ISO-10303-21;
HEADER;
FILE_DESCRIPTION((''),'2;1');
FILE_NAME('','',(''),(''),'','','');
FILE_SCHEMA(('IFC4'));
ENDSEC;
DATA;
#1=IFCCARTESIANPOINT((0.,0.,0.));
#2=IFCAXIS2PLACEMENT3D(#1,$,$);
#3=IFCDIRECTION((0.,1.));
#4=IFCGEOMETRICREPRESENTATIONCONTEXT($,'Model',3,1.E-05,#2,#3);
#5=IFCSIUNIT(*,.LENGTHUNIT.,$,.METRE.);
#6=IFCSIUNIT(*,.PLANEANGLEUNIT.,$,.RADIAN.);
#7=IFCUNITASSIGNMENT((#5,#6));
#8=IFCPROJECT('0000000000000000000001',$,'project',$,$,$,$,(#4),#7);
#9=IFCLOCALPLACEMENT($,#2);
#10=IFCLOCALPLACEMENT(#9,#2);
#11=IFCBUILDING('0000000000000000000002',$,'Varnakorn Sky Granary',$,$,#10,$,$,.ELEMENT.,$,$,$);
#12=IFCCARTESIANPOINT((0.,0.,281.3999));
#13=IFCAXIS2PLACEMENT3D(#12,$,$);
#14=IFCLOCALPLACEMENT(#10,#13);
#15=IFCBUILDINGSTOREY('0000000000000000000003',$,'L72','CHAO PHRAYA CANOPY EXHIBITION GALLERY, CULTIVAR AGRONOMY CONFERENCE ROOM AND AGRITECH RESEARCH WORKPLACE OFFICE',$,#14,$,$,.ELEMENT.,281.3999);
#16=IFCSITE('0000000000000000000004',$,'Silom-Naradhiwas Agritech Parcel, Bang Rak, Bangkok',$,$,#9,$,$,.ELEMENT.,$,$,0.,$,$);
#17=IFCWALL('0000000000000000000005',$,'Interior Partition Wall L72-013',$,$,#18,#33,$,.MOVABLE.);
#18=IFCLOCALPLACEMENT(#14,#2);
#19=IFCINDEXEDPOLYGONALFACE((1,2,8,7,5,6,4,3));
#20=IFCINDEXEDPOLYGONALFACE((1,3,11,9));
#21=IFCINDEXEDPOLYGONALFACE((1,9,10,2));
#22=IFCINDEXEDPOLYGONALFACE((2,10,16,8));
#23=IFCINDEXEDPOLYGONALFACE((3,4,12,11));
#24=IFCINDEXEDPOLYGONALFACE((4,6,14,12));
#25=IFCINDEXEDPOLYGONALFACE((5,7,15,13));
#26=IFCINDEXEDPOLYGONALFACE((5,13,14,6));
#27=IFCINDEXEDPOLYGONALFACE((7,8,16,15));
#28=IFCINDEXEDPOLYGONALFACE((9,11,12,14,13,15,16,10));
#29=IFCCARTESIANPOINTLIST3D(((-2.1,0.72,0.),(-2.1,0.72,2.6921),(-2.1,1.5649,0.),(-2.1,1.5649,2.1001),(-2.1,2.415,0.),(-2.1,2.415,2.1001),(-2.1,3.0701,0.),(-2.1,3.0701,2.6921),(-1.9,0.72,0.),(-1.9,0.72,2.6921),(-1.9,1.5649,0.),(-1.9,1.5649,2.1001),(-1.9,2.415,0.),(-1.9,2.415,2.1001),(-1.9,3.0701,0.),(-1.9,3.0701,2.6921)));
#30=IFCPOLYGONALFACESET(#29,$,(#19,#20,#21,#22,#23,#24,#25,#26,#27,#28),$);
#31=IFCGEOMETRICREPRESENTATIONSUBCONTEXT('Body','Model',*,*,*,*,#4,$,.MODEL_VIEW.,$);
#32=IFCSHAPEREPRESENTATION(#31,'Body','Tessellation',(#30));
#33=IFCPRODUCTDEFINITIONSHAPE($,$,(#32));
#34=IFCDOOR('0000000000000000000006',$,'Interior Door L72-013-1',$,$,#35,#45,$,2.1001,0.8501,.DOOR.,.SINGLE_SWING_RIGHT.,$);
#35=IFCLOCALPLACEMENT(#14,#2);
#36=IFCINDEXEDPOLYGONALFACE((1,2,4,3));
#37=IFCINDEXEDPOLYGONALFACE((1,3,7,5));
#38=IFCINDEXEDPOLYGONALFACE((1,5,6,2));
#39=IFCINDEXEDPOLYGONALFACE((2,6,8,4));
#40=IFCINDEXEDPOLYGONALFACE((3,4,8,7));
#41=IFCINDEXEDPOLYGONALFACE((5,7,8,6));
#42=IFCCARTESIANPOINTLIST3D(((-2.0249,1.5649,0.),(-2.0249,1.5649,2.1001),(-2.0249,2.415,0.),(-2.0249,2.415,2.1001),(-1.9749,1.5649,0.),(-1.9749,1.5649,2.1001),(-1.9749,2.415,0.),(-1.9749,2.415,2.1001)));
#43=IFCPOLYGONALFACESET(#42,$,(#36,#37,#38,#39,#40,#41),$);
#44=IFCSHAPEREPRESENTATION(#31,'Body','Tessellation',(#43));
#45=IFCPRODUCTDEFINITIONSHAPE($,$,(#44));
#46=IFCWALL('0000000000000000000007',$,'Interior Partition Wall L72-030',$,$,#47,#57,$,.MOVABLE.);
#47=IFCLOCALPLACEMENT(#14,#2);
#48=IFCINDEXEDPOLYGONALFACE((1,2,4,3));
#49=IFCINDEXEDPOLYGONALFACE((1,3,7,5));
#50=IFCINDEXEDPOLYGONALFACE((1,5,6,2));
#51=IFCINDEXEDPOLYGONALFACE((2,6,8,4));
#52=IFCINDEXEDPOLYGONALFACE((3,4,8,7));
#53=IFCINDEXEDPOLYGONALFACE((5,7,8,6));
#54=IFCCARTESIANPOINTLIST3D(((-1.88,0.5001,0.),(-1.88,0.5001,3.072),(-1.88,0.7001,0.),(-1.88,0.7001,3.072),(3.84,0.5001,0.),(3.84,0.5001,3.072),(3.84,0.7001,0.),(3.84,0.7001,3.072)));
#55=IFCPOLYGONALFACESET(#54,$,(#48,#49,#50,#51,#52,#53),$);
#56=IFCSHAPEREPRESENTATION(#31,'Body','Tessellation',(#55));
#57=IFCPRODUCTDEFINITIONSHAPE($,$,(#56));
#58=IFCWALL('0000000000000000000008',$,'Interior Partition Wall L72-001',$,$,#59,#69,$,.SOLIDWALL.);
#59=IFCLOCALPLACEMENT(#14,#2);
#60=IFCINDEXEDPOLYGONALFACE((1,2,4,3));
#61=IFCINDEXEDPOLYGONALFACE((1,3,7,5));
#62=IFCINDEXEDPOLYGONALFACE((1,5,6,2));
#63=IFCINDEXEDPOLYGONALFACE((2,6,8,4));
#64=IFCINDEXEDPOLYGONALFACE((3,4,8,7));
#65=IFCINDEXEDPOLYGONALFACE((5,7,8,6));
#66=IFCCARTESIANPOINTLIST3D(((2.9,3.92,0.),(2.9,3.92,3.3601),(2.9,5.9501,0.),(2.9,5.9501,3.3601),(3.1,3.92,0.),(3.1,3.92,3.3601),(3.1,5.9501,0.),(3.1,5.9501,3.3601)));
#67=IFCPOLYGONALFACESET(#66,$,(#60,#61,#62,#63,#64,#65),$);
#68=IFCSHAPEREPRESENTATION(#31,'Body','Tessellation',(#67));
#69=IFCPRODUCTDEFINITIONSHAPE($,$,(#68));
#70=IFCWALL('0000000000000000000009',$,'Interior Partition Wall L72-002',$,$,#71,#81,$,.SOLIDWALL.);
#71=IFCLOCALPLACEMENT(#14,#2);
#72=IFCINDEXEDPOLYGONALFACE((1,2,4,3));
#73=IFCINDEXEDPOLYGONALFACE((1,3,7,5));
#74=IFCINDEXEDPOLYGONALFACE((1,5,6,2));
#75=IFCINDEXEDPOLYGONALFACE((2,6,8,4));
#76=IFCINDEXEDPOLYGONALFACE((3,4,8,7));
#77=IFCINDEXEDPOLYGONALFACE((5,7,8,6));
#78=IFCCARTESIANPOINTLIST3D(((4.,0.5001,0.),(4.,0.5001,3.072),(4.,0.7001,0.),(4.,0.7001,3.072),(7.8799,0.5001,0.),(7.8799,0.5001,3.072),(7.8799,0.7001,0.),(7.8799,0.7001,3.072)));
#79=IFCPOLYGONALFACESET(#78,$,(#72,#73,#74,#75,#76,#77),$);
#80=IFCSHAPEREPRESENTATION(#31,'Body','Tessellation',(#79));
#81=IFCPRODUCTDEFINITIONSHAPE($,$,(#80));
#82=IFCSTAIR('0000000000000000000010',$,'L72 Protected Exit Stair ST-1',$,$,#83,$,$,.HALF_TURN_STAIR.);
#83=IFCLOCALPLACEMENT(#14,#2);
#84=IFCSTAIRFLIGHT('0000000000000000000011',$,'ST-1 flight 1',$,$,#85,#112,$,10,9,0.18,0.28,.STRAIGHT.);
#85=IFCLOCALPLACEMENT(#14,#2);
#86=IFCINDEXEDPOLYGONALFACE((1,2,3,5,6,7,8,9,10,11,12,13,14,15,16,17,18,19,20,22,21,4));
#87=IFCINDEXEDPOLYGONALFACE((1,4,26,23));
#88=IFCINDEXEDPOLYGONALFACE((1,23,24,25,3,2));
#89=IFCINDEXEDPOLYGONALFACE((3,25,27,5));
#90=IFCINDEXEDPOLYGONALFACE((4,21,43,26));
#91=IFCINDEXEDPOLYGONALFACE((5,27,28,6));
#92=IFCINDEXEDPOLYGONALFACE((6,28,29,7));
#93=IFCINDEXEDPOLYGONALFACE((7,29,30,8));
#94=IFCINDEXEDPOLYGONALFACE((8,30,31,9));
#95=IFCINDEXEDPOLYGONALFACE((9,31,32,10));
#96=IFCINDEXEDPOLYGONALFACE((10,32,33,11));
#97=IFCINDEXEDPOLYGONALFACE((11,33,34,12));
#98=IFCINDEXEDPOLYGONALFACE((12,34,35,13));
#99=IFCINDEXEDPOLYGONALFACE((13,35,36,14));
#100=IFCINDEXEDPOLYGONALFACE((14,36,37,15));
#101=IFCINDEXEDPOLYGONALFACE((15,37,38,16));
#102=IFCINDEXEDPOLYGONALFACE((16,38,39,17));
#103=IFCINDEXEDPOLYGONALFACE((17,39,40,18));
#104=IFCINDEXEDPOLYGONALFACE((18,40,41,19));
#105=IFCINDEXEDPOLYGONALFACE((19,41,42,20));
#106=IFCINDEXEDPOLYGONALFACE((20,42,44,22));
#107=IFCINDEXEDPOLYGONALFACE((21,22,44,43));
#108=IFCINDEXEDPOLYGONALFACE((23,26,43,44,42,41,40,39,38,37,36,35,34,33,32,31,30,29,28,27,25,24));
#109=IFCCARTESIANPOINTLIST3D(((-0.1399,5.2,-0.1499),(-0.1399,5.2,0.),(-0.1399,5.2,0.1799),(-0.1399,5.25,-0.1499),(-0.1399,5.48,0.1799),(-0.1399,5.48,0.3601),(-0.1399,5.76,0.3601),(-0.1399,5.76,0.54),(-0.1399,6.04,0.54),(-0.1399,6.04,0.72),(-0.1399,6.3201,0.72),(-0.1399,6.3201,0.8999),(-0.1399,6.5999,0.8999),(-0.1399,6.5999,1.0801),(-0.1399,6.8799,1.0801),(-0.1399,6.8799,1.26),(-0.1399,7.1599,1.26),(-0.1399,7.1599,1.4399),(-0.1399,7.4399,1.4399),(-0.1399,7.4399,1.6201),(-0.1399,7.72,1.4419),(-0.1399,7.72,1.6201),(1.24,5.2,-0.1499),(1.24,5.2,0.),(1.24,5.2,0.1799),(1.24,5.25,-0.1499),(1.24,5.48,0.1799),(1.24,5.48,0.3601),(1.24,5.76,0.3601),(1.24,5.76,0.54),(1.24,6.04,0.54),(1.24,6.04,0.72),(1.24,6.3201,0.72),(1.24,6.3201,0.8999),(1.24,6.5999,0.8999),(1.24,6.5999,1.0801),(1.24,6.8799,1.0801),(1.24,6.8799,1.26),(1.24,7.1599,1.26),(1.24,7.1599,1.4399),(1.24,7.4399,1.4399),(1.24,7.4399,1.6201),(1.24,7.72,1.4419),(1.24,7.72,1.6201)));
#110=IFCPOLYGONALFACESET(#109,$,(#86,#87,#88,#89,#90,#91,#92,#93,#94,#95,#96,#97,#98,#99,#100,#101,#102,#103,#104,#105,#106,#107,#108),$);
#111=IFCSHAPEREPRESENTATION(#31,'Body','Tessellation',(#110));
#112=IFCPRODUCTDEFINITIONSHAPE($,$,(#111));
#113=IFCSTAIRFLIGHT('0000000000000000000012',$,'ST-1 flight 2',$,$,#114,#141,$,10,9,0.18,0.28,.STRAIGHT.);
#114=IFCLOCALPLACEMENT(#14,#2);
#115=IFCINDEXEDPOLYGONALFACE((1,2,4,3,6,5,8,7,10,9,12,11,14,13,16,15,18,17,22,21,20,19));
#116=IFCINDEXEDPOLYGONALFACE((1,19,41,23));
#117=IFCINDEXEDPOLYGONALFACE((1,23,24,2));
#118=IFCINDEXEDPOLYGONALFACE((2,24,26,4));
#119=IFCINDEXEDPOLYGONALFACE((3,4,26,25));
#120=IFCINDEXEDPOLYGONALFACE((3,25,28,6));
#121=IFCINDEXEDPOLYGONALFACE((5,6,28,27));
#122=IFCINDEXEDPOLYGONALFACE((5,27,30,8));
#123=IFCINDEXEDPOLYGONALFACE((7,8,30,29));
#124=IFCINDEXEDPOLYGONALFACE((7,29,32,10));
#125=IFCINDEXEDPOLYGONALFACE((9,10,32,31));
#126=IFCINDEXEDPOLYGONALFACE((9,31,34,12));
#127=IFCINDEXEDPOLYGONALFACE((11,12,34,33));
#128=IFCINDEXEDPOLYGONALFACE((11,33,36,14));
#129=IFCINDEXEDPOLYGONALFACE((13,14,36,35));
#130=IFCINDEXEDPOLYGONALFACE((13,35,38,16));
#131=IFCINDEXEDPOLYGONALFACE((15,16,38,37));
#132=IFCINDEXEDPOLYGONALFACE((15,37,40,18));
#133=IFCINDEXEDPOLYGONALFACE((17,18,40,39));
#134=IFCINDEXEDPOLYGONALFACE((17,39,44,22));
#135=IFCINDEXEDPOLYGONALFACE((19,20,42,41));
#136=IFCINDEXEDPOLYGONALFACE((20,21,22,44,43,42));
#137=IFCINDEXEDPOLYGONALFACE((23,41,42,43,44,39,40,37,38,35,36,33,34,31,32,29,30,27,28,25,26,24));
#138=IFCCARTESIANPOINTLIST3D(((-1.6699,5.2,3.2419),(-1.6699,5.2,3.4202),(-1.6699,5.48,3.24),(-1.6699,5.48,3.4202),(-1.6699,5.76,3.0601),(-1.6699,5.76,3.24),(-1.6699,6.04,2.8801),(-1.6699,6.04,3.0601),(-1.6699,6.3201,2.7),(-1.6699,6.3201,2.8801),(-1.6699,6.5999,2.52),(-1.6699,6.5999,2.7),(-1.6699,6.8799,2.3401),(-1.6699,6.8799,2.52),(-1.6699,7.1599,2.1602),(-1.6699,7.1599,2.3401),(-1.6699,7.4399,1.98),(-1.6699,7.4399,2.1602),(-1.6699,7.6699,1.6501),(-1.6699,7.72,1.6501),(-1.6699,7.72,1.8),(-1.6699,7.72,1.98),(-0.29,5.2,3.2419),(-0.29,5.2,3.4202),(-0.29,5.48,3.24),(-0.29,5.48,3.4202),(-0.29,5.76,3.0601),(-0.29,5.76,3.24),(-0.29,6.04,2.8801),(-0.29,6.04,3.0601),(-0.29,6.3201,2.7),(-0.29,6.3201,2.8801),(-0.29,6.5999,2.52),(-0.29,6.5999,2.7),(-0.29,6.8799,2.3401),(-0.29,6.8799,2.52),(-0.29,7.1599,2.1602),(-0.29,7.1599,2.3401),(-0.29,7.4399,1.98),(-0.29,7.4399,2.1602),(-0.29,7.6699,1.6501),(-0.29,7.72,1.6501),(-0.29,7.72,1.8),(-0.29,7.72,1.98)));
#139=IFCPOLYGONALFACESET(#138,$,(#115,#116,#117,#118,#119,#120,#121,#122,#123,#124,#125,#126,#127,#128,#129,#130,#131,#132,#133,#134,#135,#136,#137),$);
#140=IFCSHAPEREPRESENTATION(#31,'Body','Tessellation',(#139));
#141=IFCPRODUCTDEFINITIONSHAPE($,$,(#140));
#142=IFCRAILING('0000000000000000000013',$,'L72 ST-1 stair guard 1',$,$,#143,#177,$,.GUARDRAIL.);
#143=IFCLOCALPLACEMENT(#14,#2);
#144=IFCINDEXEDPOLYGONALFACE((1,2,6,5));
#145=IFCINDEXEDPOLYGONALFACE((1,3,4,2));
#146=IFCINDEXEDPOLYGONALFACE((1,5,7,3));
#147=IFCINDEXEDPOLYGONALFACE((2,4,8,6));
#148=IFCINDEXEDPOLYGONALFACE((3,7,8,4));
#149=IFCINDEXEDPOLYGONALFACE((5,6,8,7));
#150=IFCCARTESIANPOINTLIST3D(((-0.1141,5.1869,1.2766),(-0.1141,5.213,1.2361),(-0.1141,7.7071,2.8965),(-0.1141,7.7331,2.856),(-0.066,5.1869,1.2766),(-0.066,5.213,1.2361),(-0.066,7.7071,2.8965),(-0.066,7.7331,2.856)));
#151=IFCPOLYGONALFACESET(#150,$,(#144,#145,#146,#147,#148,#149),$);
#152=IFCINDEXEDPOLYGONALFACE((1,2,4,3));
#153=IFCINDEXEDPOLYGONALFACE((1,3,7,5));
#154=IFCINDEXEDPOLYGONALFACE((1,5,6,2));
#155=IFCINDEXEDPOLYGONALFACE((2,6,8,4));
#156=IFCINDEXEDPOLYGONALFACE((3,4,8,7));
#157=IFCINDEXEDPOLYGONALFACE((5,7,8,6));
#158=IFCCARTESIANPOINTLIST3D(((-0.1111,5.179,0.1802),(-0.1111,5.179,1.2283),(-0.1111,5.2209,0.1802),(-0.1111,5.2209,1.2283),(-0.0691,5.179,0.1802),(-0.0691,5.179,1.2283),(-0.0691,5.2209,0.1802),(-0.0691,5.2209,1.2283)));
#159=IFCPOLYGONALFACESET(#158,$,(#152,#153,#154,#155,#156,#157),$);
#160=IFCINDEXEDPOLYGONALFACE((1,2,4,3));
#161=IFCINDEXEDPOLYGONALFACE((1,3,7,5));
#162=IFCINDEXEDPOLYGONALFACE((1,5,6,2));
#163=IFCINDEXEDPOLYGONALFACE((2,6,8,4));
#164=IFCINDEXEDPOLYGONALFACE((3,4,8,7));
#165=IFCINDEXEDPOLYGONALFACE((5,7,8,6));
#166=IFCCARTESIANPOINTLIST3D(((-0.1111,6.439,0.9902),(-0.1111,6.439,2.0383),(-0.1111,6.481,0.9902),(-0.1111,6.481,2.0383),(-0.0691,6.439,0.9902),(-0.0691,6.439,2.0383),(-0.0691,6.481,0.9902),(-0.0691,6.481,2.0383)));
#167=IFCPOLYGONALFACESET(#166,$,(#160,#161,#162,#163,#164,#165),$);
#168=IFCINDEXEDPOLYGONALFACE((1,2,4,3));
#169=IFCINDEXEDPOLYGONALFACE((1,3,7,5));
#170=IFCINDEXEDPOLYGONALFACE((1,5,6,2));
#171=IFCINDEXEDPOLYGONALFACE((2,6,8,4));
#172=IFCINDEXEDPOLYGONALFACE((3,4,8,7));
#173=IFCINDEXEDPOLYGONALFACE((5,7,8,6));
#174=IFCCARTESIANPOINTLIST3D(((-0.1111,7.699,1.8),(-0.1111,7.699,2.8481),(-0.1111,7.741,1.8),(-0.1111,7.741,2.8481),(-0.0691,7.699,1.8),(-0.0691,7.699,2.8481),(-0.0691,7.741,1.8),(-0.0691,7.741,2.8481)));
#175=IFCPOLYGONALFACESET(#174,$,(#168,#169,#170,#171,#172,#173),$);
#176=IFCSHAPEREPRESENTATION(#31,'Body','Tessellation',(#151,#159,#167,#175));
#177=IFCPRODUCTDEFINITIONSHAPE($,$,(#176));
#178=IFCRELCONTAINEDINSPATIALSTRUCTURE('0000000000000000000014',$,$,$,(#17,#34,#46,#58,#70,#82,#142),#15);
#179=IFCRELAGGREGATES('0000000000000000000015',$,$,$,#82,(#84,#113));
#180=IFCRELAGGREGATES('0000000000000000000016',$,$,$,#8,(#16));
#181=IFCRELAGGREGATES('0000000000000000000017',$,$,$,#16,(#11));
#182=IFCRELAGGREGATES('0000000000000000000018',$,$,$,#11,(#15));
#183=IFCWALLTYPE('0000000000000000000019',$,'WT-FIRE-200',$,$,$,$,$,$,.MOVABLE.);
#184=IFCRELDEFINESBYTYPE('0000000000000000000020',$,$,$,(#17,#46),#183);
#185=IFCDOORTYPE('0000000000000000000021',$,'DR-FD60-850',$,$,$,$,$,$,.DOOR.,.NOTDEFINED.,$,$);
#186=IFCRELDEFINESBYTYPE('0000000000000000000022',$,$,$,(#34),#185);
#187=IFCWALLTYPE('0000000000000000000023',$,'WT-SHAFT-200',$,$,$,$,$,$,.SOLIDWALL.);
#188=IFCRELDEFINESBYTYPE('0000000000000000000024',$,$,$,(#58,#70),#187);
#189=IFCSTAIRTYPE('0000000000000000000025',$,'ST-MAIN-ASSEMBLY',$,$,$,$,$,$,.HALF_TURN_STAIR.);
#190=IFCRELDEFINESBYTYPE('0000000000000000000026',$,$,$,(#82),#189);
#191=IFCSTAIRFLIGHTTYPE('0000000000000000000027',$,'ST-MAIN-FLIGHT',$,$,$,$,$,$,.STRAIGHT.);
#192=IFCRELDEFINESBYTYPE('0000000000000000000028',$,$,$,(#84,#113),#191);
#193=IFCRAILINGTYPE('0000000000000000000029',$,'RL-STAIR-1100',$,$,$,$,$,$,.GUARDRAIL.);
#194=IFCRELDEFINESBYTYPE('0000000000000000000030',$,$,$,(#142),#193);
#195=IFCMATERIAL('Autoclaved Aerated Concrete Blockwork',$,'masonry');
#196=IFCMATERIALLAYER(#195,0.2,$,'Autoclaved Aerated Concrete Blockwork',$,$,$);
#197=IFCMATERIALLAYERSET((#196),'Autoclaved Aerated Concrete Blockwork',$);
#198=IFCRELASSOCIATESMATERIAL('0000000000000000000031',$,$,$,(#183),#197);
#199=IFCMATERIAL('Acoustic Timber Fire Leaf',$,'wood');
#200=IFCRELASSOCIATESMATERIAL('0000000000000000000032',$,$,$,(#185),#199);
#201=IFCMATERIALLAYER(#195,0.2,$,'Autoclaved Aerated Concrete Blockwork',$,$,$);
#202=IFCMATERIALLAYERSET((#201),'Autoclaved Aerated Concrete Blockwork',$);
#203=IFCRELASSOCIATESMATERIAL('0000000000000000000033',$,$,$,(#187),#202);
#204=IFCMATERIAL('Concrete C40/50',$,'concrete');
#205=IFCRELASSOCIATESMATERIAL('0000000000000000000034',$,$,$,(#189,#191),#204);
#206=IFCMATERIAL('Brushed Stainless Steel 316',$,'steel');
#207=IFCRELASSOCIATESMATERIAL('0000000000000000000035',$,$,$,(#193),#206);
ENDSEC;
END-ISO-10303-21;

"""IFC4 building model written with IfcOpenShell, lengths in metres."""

from ifc_helpers import new_model, si_unit, direction, frame, frame_2d, origin, origin_2d, place, context, subcontext, project, spatial, polyline, rectangle, outline, extrude, material, layer, layer_set, type_object, element, fill, aggregate, save


model = new_model("IFC4")

# Units and contexts
model_context = context("Model", 3, precision=1e-05, world=origin(), true_north=direction((0.0, 1.0)))
body_context = subcontext(model_context, "Body", "Model", "MODEL_VIEW")
ifc_project = project(units=[si_unit("LENGTHUNIT", "METRE"), si_unit("PLANEANGLEUNIT", "RADIAN")], contexts=[model_context])

# Site, building, storey
site_placement = place(None, origin())
site = spatial("IfcSite", under=ifc_project, at=site_placement, Name="Silom-Naradhiwas Agritech Parcel, Bang Rak, Bangkok", CompositionType="ELEMENT", RefElevation=0.0)
building_placement = place(site_placement, origin())
building = spatial("IfcBuilding", under=site, at=building_placement, Name="Varnakorn Sky Granary", CompositionType="ELEMENT")
storey_placement = place(building_placement, frame((0.0, 0.0, 281.3999)))
storey = spatial("IfcBuildingStorey", under=building, at=storey_placement, Name="L72", Description="CHAO PHRAYA CANOPY EXHIBITION GALLERY, CULTIVAR AGRONOMY CONFERENCE ROOM AND AGRITECH RESEARCH WORKPLACE OFFICE", CompositionType="ELEMENT", Elevation=281.3999)

# Wall, opening, door
ifc_material_1 = material(Name="Autoclaved Aerated Concrete Blockwork", Category="masonry")
ifc_layer_1 = layer(ifc_material_1, 0.2, Name="Autoclaved Aerated Concrete Blockwork")
ifc_layer_set_1 = layer_set([ifc_layer_1], Name="Autoclaved Aerated Concrete Blockwork")
wall_type_1 = type_object("IfcWallType", Name="WT-FIRE-200", PredefinedType="MOVABLE", material=ifc_layer_set_1)
ifc_material_2 = material(Name="Acoustic Timber Fire Leaf", Category="wood")
door_type_1 = type_object("IfcDoorType", Name="DR-FD60-850", OperationType="NOTDEFINED", PredefinedType="DOOR", material=ifc_material_2)
wall_1_placement = place(storey_placement, frame((-2.0, 0.72, 0.0), z_axis=(0.0, 0.0, 1.0), x_axis=(0.0, 1.0, 0.0)))
wall_1 = element("IfcWall", 1, at=wall_1_placement, inside=storey, type_object=wall_type_1, Name="Interior Partition Wall L72-013", PredefinedType="MOVABLE", context=body_context, shape_type="SweptSolid", body=[
    extrude(rectangle(XDim=2.3501, YDim=0.2, at=frame_2d((1.175, 0.0))), origin(), (0.0, 0.0, 1.0), 2.6921),
])
opening_1_placement = place(wall_1_placement, frame((0.845, 0.0, 0.0)))
opening_1 = element("IfcOpeningElement", 2, at=opening_1_placement, cuts=wall_1, PredefinedType="OPENING", context=body_context, shape_type="SweptSolid", body=[
    extrude(rectangle(XDim=0.8501, YDim=2.1001, at=frame_2d((0.425, 1.05))), frame((0.0, 0.1099, 0.0), z_axis=(0.0, -1.0, 0.0), x_axis=(1.0, 0.0, 0.0)), (0.0, 0.0, 1.0), 0.22),
])
door_1_placement = place(opening_1_placement, origin())
door_1 = element("IfcDoor", 3, at=door_1_placement, inside=storey, type_object=door_type_1, Name="Interior Door L72-013-1", OperationType="SINGLE_SWING_RIGHT", OverallHeight=2.1001, OverallWidth=0.8501, PredefinedType="DOOR", context=body_context, shape_type="SweptSolid", body=[
    extrude(rectangle(XDim=0.8501, YDim=2.1001, at=frame_2d((0.425, 1.05))), frame((0.0, 0.0249, 0.0), z_axis=(0.0, -1.0, 0.0), x_axis=(1.0, 0.0, 0.0)), (0.0, 0.0, 1.0), 0.05),
])
fill(opening_1, door_1)

# Walls
wall_2_placement = place(storey_placement, frame((-1.8799, 0.6001, 0.0), z_axis=(0.0, 0.0, 1.0), x_axis=(1.0, 0.0, 0.0)))
element("IfcWall", 4, at=wall_2_placement, inside=storey, type_object=wall_type_1, Name="Interior Partition Wall L72-030", PredefinedType="MOVABLE", context=body_context, shape_type="SweptSolid", body=[
    extrude(rectangle(XDim=5.72, YDim=0.2, at=frame_2d((2.8599, 0.0))), origin(), (0.0, 0.0, 1.0), 3.072),
])
ifc_layer_2 = layer(ifc_material_1, 0.2, Name="Autoclaved Aerated Concrete Blockwork")
ifc_layer_set_2 = layer_set([ifc_layer_2], Name="Autoclaved Aerated Concrete Blockwork")
wall_type_2 = type_object("IfcWallType", Name="WT-SHAFT-200", PredefinedType="SOLIDWALL", material=ifc_layer_set_2)
wall_3_placement = place(storey_placement, frame((3.0, 3.9199, 0.0), z_axis=(0.0, 0.0, 1.0), x_axis=(0.0, 1.0, 0.0)))
element("IfcWall", 5, at=wall_3_placement, inside=storey, type_object=wall_type_2, Name="Interior Partition Wall L72-001", PredefinedType="SOLIDWALL", context=body_context, shape_type="SweptSolid", body=[
    extrude(rectangle(XDim=2.03, YDim=0.2, at=frame_2d((1.0151, 0.0))), origin(), (0.0, 0.0, 1.0), 3.3601),
])
wall_4_placement = place(storey_placement, frame((4.0, 0.6001, 0.0), z_axis=(0.0, 0.0, 1.0), x_axis=(1.0, 0.0, 0.0)))
element("IfcWall", 6, at=wall_4_placement, inside=storey, type_object=wall_type_2, Name="Interior Partition Wall L72-002", PredefinedType="SOLIDWALL", context=body_context, shape_type="SweptSolid", body=[
    extrude(rectangle(XDim=3.8799, YDim=0.2, at=frame_2d((1.9399, 0.0))), origin(), (0.0, 0.0, 1.0), 3.072),
])

# Stair, stair flights
ifc_material_3 = material(Name="Concrete C40/50", Category="concrete")
stair_type = type_object("IfcStairType", Name="ST-MAIN-ASSEMBLY", PredefinedType="HALF_TURN_STAIR", material=ifc_material_3)
stair_placement = place(storey_placement, origin())
stair = element("IfcStair", 7, at=stair_placement, inside=storey, type_object=stair_type, Name="L72 Protected Exit Stair ST-1", PredefinedType="HALF_TURN_STAIR")
stair_flight_type = type_object("IfcStairFlightType", Name="ST-MAIN-FLIGHT", PredefinedType="STRAIGHT", material=ifc_material_3)
stair_flight_1_placement = place(storey_placement, frame((0.55, 5.2, 0.0), z_axis=(0.0, 0.0, 1.0), x_axis=(0.0, 1.0, 0.0)))
stair_flight_1 = element("IfcStairFlight", 8, at=stair_flight_1_placement, type_object=stair_flight_type, Name="ST-1 flight 1", NumberOfRisers=10, NumberOfTreads=9, PredefinedType="STRAIGHT", RiserHeight=0.18, TreadLength=0.28, context=body_context, shape_type="SweptSolid", body=[
    extrude(outline(polyline([(0.0, -0.1499), (0.0, 0.0), (0.0, 0.1799), (0.28, 0.1799), (0.28, 0.3601), (0.5601, 0.3601), (0.5601, 0.54), (0.8401, 0.54), (0.8401, 0.72), (1.1201, 0.72), (1.1201, 0.8999), (1.3999, 0.8999), (1.3999, 1.0801), (1.6799, 1.0801), (1.6799, 1.26), (1.96, 1.26), (1.96, 1.4399), (2.24, 1.4399), (2.24, 1.6201), (2.52, 1.6201), (2.52, 1.8), (2.52, 1.4419), (0.05, -0.1499), (0.0, -0.1499)])), frame((0.0, 0.6899, 0.0), z_axis=(0.0, -1.0, 0.0), x_axis=(1.0, 0.0, 0.0)), (0.0, 0.0, 1.0), 1.3799),
])
stair_flight_2_placement = place(storey_placement, frame((-0.98, 7.72, 1.8), z_axis=(0.0, 0.0, 1.0), x_axis=(0.0, -1.0, 0.0)))
stair_flight_2 = element("IfcStairFlight", 9, at=stair_flight_2_placement, type_object=stair_flight_type, Name="ST-1 flight 2", NumberOfRisers=10, NumberOfTreads=9, PredefinedType="STRAIGHT", RiserHeight=0.18, TreadLength=0.28, context=body_context, shape_type="SweptSolid", body=[
    extrude(outline(polyline([(0.0, -0.1499), (0.0, 0.0), (0.0, 0.1799), (0.28, 0.1799), (0.28, 0.3601), (0.5601, 0.3601), (0.5601, 0.54), (0.8401, 0.54), (0.8401, 0.72), (1.1201, 0.72), (1.1201, 0.8999), (1.3999, 0.8999), (1.3999, 1.0801), (1.6799, 1.0801), (1.6799, 1.26), (1.96, 1.26), (1.96, 1.4399), (2.24, 1.4399), (2.24, 1.6201), (2.52, 1.6201), (2.52, 1.8), (2.52, 1.4419), (0.05, -0.1499), (0.0, -0.1499)])), frame((0.0, 0.6899, 0.0), z_axis=(0.0, -1.0, 0.0), x_axis=(1.0, 0.0, 0.0)), (0.0, 0.0, 1.0), 1.3799),
])
aggregate(stair, [stair_flight_1, stair_flight_2])

# Railing
ifc_material_4 = material(Name="Brushed Stainless Steel 316", Category="steel")
railing_type_1 = type_object("IfcRailingType", Name="RL-STAIR-1100", PredefinedType="GUARDRAIL", material=ifc_material_4)
railing_1_placement = place(storey_placement, frame((-0.0901, 5.2, 0.1802)))
element("IfcRailing", 10, at=railing_1_placement, inside=storey, type_object=railing_type_1, Name="L72 ST-1 stair guard 1", PredefinedType="GUARDRAIL", context=body_context, shape_type="SweptSolid", body=[
    extrude(rectangle(XDim=0.0481, YDim=0.0481, at=origin_2d()), frame((0.0, 0.0, 1.0762), z_axis=(0.0, 0.8412, 0.540725), x_axis=(-1.0, 0.0, 0.0)), (0.0, 0.0, 1.0), 2.9958),
    extrude(rectangle(XDim=0.042, YDim=0.042, at=origin_2d()), origin(), (0.0, 0.0, 1.0), 1.0481),
    extrude(rectangle(XDim=0.042, YDim=0.042, at=origin_2d()), frame((0.0, 1.26, 0.8101)), (0.0, 0.0, 1.0), 1.0481),
    extrude(rectangle(XDim=0.042, YDim=0.042, at=origin_2d()), frame((0.0, 2.52, 1.6199)), (0.0, 0.0, 1.0), 1.0481),
])

save(model, "model.ifc")
